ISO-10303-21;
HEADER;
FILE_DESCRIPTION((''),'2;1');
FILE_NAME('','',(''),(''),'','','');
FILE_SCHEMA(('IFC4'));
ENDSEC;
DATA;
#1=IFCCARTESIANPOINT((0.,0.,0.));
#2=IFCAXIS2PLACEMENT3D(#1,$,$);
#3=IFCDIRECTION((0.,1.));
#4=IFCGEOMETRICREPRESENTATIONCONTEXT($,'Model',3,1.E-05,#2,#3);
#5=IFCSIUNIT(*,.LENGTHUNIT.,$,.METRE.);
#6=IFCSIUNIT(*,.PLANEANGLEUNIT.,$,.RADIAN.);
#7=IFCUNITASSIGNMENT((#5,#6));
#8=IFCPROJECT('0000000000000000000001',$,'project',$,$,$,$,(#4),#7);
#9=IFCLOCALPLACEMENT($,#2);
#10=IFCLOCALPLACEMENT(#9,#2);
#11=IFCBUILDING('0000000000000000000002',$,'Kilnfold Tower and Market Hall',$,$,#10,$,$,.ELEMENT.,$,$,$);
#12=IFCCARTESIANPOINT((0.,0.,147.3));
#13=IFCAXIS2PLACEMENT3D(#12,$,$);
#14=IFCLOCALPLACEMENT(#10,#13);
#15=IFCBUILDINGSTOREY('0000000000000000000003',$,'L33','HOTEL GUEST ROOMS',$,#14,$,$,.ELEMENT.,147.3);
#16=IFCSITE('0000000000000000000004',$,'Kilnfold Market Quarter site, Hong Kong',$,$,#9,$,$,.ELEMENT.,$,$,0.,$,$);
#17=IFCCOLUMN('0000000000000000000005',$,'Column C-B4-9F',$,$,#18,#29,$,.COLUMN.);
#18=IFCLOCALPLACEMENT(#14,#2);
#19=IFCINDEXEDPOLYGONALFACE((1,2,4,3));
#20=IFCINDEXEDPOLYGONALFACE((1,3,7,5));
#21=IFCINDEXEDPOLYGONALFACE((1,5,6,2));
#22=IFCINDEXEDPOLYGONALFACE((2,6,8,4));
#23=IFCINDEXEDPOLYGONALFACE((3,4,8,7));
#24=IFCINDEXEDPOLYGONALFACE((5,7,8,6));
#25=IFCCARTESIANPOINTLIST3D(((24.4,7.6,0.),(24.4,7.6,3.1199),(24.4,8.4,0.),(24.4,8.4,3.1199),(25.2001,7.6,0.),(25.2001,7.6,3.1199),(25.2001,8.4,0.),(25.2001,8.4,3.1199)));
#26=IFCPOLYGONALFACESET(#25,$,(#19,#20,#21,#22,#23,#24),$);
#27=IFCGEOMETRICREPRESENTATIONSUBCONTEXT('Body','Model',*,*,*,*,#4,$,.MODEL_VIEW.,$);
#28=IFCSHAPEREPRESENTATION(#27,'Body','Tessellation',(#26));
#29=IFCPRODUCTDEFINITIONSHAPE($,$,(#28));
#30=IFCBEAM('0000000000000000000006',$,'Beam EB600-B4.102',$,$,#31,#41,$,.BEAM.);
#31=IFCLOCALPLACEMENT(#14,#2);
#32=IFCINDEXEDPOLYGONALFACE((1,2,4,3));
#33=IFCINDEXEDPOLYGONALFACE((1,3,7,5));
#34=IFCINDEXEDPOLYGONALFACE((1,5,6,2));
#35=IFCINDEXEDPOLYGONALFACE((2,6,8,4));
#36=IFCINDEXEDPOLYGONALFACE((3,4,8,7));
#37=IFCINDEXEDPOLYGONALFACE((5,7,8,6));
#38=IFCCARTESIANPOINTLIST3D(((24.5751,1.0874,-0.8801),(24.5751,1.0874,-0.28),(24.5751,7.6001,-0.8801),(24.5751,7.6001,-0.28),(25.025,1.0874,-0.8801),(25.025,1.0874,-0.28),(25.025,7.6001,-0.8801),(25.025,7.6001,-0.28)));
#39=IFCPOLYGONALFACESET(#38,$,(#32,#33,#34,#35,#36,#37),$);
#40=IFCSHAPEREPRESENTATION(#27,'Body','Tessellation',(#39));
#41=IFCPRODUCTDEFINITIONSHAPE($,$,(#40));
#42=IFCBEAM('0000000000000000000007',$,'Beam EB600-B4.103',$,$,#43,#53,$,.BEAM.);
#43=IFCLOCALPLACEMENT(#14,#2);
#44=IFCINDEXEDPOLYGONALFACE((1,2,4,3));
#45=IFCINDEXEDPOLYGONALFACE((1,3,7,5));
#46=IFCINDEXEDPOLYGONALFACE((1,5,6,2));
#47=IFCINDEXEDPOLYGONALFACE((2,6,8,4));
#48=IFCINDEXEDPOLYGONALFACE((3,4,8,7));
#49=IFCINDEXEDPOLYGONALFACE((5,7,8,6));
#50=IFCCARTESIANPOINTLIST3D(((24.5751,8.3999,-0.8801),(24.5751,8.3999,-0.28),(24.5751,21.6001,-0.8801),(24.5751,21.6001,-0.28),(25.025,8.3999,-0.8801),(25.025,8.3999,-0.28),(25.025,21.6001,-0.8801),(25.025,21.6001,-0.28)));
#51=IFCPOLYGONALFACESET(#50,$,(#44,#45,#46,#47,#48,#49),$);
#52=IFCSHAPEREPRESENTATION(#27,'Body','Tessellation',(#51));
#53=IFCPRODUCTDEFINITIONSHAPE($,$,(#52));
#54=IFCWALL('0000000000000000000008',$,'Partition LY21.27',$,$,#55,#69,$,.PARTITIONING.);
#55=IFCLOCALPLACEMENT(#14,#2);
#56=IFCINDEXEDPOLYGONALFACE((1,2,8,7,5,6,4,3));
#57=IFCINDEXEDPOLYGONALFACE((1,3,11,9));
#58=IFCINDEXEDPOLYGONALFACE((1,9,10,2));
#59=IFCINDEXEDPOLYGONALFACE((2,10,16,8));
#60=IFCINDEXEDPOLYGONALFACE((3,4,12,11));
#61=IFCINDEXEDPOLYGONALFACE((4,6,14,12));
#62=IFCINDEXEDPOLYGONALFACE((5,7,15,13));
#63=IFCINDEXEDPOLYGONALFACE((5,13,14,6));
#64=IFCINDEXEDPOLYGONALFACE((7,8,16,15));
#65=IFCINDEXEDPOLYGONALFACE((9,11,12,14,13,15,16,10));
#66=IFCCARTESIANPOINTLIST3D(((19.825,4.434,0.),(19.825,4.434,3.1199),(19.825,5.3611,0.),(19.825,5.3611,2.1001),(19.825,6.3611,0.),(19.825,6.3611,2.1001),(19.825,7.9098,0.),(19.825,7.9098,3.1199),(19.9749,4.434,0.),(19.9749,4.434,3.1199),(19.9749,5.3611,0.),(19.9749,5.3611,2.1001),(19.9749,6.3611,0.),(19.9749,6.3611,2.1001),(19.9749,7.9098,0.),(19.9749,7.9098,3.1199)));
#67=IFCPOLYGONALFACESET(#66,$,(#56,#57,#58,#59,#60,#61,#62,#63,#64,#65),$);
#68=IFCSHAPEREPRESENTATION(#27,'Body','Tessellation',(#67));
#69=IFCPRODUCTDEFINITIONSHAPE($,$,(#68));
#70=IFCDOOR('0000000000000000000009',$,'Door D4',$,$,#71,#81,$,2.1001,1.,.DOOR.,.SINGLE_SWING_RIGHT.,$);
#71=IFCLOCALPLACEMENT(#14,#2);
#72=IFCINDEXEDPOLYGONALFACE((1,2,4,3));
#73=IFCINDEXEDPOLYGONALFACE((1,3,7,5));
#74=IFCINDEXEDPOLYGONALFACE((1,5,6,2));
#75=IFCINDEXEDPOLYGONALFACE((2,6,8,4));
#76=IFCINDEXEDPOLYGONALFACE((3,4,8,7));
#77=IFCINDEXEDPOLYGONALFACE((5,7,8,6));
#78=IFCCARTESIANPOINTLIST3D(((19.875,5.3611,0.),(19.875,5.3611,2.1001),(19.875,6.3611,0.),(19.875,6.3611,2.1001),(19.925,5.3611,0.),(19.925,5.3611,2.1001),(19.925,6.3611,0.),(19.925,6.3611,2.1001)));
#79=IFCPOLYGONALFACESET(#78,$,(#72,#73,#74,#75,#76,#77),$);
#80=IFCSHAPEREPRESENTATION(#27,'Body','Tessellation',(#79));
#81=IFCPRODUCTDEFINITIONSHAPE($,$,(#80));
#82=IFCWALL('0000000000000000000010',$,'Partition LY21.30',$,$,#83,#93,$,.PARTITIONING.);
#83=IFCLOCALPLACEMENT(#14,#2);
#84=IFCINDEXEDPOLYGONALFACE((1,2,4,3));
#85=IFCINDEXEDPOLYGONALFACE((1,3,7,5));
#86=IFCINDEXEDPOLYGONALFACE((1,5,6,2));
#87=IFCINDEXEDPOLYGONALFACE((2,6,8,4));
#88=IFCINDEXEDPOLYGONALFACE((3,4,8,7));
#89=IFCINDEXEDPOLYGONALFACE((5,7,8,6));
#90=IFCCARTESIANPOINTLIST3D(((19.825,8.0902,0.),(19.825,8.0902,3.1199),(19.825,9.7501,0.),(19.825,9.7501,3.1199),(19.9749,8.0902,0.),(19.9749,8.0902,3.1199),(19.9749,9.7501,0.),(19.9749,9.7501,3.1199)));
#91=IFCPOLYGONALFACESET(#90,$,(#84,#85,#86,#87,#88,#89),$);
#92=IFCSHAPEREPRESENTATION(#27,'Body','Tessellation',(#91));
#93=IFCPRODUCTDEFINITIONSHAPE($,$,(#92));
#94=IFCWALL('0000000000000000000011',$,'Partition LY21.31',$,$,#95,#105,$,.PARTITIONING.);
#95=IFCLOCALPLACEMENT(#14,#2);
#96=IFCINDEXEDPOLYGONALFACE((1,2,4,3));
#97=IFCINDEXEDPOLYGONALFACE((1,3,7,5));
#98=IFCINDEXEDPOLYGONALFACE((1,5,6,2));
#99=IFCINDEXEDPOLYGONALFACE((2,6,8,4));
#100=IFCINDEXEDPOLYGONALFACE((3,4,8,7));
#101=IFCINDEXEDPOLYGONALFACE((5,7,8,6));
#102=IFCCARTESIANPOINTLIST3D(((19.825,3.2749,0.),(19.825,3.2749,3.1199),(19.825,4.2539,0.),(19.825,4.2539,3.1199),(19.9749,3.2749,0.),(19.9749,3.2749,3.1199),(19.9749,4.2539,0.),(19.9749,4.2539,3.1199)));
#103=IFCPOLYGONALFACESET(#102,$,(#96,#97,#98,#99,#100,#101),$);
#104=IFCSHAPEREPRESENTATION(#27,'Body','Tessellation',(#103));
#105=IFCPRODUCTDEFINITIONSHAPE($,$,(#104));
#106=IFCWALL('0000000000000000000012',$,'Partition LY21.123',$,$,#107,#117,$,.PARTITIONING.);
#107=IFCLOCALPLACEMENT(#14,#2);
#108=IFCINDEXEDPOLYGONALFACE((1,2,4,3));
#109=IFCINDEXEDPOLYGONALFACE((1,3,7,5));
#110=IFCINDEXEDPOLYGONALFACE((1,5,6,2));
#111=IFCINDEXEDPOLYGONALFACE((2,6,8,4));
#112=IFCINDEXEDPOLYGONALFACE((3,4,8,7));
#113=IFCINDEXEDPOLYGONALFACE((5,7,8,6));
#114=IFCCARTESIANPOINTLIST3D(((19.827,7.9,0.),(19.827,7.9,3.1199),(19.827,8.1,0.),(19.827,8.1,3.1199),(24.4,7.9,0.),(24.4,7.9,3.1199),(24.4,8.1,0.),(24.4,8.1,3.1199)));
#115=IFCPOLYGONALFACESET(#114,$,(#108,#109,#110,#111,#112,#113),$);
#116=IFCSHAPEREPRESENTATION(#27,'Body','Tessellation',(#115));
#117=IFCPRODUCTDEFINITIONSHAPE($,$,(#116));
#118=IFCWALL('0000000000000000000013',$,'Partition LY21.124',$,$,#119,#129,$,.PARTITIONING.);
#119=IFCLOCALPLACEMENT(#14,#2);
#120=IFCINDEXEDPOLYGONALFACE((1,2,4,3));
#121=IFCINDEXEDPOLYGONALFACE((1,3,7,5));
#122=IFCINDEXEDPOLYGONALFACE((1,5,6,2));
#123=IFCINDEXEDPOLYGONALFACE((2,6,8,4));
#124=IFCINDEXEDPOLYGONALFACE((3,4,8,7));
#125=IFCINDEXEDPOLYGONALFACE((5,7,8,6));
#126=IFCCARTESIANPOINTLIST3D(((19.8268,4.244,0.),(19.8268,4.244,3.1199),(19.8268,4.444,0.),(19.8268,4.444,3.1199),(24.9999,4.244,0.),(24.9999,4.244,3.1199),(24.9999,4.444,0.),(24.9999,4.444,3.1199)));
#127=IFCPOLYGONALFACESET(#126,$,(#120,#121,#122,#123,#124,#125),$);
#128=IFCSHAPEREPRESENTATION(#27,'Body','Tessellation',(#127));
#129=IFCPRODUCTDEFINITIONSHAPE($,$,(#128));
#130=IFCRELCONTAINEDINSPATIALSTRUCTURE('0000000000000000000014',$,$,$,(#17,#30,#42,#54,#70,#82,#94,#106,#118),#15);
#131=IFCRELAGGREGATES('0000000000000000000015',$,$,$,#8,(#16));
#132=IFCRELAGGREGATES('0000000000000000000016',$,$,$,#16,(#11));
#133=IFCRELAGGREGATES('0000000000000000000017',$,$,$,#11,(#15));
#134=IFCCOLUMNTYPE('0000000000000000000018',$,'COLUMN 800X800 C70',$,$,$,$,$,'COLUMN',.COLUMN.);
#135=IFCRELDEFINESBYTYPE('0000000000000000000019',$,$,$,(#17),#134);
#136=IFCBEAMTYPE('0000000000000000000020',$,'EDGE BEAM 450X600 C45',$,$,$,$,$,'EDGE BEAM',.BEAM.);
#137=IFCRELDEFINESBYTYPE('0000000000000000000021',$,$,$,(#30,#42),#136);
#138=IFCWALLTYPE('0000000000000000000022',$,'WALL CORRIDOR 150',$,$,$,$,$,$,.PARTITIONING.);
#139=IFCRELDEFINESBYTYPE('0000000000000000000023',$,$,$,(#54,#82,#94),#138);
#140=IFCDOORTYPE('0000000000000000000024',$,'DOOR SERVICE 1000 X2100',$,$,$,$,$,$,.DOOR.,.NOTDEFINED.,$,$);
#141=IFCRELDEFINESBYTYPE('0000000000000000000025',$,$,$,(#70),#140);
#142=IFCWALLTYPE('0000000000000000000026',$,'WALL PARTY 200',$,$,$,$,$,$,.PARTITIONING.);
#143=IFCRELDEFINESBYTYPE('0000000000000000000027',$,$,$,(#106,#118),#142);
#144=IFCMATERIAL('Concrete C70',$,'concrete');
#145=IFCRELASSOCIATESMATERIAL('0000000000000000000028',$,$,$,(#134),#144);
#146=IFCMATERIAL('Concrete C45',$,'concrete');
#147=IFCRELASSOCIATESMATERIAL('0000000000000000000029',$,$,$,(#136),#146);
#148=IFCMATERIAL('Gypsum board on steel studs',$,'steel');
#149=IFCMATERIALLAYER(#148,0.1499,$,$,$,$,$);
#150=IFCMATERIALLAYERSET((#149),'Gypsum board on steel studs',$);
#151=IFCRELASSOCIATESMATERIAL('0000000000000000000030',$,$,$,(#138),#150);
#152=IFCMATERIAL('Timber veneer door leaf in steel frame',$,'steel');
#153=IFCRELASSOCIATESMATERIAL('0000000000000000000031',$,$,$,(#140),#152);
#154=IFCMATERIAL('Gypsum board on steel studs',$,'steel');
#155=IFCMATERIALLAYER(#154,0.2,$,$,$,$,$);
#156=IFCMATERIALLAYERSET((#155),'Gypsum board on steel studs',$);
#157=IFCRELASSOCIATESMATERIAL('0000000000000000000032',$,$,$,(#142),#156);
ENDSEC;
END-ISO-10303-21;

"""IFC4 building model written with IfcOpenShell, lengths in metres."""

from ifc_helpers import new_model, si_unit, direction, frame, frame_2d, origin, origin_2d, place, context, subcontext, project, spatial, rectangle, extrude, source, transform, mapped, material, layer, layer_set, material_profile, profile_set, type_object, element, fill, save


model = new_model("IFC4")

# Units and contexts
model_context = context("Model", 3, precision=1e-05, world=origin(), true_north=direction((0.0, 1.0)))
body_context = subcontext(model_context, "Body", "Model", "MODEL_VIEW")
ifc_project = project(units=[si_unit("LENGTHUNIT", "METRE"), si_unit("PLANEANGLEUNIT", "RADIAN")], contexts=[model_context])

# Site, building, storey
site_placement = place(None, origin())
site = spatial("IfcSite", under=ifc_project, at=site_placement, Name="Kilnfold Market Quarter site, Hong Kong", CompositionType="ELEMENT", RefElevation=0.0)
building_placement = place(site_placement, origin())
building = spatial("IfcBuilding", under=site, at=building_placement, Name="Kilnfold Tower and Market Hall", CompositionType="ELEMENT")
storey_placement = place(building_placement, frame((0.0, 0.0, 147.3)))
storey = spatial("IfcBuildingStorey", under=building, at=storey_placement, Name="L33", Description="HOTEL GUEST ROOMS", CompositionType="ELEMENT", Elevation=147.3)

# Column
ifc_material_1 = material(Name="Concrete C70", Category="concrete")
ifc_material_profile_1 = material_profile(ifc_material_1, rectangle(XDim=0.8, YDim=0.8, at=origin_2d()), Name="RC 800x800")
ifc_profile_set_1 = profile_set([ifc_material_profile_1], Name="Concrete C70")
column_type = type_object("IfcColumnType", Name="COLUMN 800X800 C70", ElementType="COLUMN", PredefinedType="COLUMN", material=ifc_profile_set_1)
shared_shape_1 = source(origin(), body_context, "Body", "SweptSolid", [
    extrude(rectangle(XDim=0.8, YDim=0.8, at=origin_2d()), origin(), (0.0, 0.0, 1.0), 3.1199),
])
column_placement = place(storey_placement, frame((24.8, 8.0, 0.0), z_axis=(0.0, 0.0, 1.0), x_axis=(1.0, 0.0, 0.0)))
element("IfcColumn", 1, at=column_placement, inside=storey, type_object=column_type, Name="Column C-B4-9F", PredefinedType="COLUMN", context=body_context, shape_type="MappedRepresentation", body=[
    mapped(shared_shape_1, transform((0.0, 0.0, 0.0))),
])

# Beams
ifc_material_2 = material(Name="Concrete C45", Category="concrete")
ifc_material_profile_2 = material_profile(ifc_material_2, rectangle(XDim=0.45, YDim=0.6001, at=origin_2d()), Name="RC 450x600")
ifc_profile_set_2 = profile_set([ifc_material_profile_2], Name="Concrete C45")
beam_type = type_object("IfcBeamType", Name="EDGE BEAM 450X600 C45", ElementType="EDGE BEAM", PredefinedType="BEAM", material=ifc_profile_set_2)
shared_shape_2 = source(origin(), body_context, "Body", "SweptSolid", [
    extrude(rectangle(XDim=0.45, YDim=0.6001, at=origin_2d()), origin(), (0.0, 0.0, 1.0), 6.5127),
])
beam_1_placement = place(storey_placement, frame((24.8, 1.0874, -0.5801), z_axis=(0.0, 1.0, 0.0), x_axis=(-1.0, 0.0, 0.0)))
element("IfcBeam", 2, at=beam_1_placement, inside=storey, type_object=beam_type, Name="Beam EB600-B4.102", PredefinedType="BEAM", context=body_context, shape_type="MappedRepresentation", body=[
    mapped(shared_shape_2, transform((0.0, 0.0, 0.0))),
])
shared_shape_3 = source(origin(), body_context, "Body", "SweptSolid", [
    extrude(rectangle(XDim=0.45, YDim=0.6001, at=origin_2d()), origin(), (0.0, 0.0, 1.0), 13.2002),
])
beam_2_placement = place(storey_placement, frame((24.8, 8.3999, -0.5801), z_axis=(0.0, 1.0, 0.0), x_axis=(-1.0, 0.0, 0.0)))
element("IfcBeam", 3, at=beam_2_placement, inside=storey, type_object=beam_type, Name="Beam EB600-B4.103", PredefinedType="BEAM", context=body_context, shape_type="MappedRepresentation", body=[
    mapped(shared_shape_3, transform((0.0, 0.0, 0.0))),
])

# Wall, opening, door
ifc_material_3 = material(Name="Gypsum board on steel studs", Category="steel")
ifc_layer_1 = layer(ifc_material_3, 0.1499)
ifc_layer_set_1 = layer_set([ifc_layer_1], Name="Gypsum board on steel studs")
wall_type_1 = type_object("IfcWallType", Name="WALL CORRIDOR 150", PredefinedType="PARTITIONING", material=ifc_layer_set_1)
wall_1_placement = place(storey_placement, frame((19.8999, 4.4341, 0.0), z_axis=(0.0, 0.0, 1.0), x_axis=(0.0, 1.0, 0.0)))
wall_1 = element("IfcWall", 4, at=wall_1_placement, inside=storey, type_object=wall_type_1, Name="Partition LY21.27", PredefinedType="PARTITIONING", context=body_context, shape_type="SweptSolid", body=[
    extrude(rectangle(XDim=3.4758, YDim=0.1499, at=frame_2d((1.7378, 0.0))), origin(), (0.0, 0.0, 1.0), 3.1199),
])
opening_1_placement = place(wall_1_placement, frame((0.927, 0.0, 0.0)))
opening_1 = element("IfcOpeningElement", 5, at=opening_1_placement, cuts=wall_1, PredefinedType="OPENING", context=body_context, shape_type="SweptSolid", body=[
    extrude(rectangle(XDim=1.0, YDim=2.1001, at=frame_2d((0.5, 1.05))), frame((0.0, 0.085, 0.0), z_axis=(0.0, -1.0, 0.0), x_axis=(1.0, 0.0, 0.0)), (0.0, 0.0, 1.0), 0.1699),
])
ifc_material_4 = material(Name="Timber veneer door leaf in steel frame", Category="steel")
door_type = type_object("IfcDoorType", Name="DOOR SERVICE 1000 X2100", OperationType="NOTDEFINED", PredefinedType="DOOR", material=ifc_material_4)
door_placement = place(opening_1_placement, origin())
door = element("IfcDoor", 6, at=door_placement, inside=storey, type_object=door_type, Name="Door D4", OperationType="SINGLE_SWING_RIGHT", OverallHeight=2.1001, OverallWidth=1.0, PredefinedType="DOOR", context=body_context, shape_type="SweptSolid", body=[
    extrude(rectangle(XDim=1.0, YDim=2.1001, at=frame_2d((0.5, 1.05))), frame((0.0, 0.0249, 0.0), z_axis=(0.0, -1.0, 0.0), x_axis=(1.0, 0.0, 0.0)), (0.0, 0.0, 1.0), 0.05),
])
fill(opening_1, door)

# Walls
wall_2_placement = place(storey_placement, frame((19.8999, 8.0901, 0.0), z_axis=(0.0, 0.0, 1.0), x_axis=(0.0, 1.0, 0.0)))
element("IfcWall", 7, at=wall_2_placement, inside=storey, type_object=wall_type_1, Name="Partition LY21.30", PredefinedType="PARTITIONING", context=body_context, shape_type="SweptSolid", body=[
    extrude(rectangle(XDim=1.6599, YDim=0.1499, at=frame_2d((0.8301, 0.0))), origin(), (0.0, 0.0, 1.0), 3.1199),
])
wall_3_placement = place(storey_placement, frame((19.8999, 3.2749, 0.0), z_axis=(0.0, 0.0, 1.0), x_axis=(0.0, 1.0, 0.0)))
element("IfcWall", 8, at=wall_3_placement, inside=storey, type_object=wall_type_1, Name="Partition LY21.31", PredefinedType="PARTITIONING", context=body_context, shape_type="SweptSolid", body=[
    extrude(rectangle(XDim=0.979, YDim=0.1499, at=frame_2d((0.4895, 0.0))), origin(), (0.0, 0.0, 1.0), 3.1199),
])
ifc_material_5 = material(Name="Gypsum board on steel studs", Category="steel")
ifc_layer_2 = layer(ifc_material_5, 0.2)
ifc_layer_set_2 = layer_set([ifc_layer_2], Name="Gypsum board on steel studs")
wall_type_2 = type_object("IfcWallType", Name="WALL PARTY 200", PredefinedType="PARTITIONING", material=ifc_layer_set_2)
wall_4_placement = place(storey_placement, frame((19.8269, 8.0, 0.0), z_axis=(0.0, 0.0, 1.0), x_axis=(1.0, 0.0, 0.0)))
element("IfcWall", 9, at=wall_4_placement, inside=storey, type_object=wall_type_2, Name="Partition LY21.123", PredefinedType="PARTITIONING", context=body_context, shape_type="SweptSolid", body=[
    extrude(rectangle(XDim=4.573, YDim=0.2, at=frame_2d((2.2866, 0.0))), origin(), (0.0, 0.0, 1.0), 3.1199),
])
wall_5_placement = place(storey_placement, frame((19.8269, 4.344, 0.0), z_axis=(0.0, 0.0, 1.0), x_axis=(1.0, 0.0, 0.0)))
element("IfcWall", 10, at=wall_5_placement, inside=storey, type_object=wall_type_2, Name="Partition LY21.124", PredefinedType="PARTITIONING", context=body_context, shape_type="SweptSolid", body=[
    extrude(rectangle(XDim=5.1731, YDim=0.2, at=frame_2d((2.5864, 0.0))), origin(), (0.0, 0.0, 1.0), 3.1199),
])

save(model, "model.ifc")
